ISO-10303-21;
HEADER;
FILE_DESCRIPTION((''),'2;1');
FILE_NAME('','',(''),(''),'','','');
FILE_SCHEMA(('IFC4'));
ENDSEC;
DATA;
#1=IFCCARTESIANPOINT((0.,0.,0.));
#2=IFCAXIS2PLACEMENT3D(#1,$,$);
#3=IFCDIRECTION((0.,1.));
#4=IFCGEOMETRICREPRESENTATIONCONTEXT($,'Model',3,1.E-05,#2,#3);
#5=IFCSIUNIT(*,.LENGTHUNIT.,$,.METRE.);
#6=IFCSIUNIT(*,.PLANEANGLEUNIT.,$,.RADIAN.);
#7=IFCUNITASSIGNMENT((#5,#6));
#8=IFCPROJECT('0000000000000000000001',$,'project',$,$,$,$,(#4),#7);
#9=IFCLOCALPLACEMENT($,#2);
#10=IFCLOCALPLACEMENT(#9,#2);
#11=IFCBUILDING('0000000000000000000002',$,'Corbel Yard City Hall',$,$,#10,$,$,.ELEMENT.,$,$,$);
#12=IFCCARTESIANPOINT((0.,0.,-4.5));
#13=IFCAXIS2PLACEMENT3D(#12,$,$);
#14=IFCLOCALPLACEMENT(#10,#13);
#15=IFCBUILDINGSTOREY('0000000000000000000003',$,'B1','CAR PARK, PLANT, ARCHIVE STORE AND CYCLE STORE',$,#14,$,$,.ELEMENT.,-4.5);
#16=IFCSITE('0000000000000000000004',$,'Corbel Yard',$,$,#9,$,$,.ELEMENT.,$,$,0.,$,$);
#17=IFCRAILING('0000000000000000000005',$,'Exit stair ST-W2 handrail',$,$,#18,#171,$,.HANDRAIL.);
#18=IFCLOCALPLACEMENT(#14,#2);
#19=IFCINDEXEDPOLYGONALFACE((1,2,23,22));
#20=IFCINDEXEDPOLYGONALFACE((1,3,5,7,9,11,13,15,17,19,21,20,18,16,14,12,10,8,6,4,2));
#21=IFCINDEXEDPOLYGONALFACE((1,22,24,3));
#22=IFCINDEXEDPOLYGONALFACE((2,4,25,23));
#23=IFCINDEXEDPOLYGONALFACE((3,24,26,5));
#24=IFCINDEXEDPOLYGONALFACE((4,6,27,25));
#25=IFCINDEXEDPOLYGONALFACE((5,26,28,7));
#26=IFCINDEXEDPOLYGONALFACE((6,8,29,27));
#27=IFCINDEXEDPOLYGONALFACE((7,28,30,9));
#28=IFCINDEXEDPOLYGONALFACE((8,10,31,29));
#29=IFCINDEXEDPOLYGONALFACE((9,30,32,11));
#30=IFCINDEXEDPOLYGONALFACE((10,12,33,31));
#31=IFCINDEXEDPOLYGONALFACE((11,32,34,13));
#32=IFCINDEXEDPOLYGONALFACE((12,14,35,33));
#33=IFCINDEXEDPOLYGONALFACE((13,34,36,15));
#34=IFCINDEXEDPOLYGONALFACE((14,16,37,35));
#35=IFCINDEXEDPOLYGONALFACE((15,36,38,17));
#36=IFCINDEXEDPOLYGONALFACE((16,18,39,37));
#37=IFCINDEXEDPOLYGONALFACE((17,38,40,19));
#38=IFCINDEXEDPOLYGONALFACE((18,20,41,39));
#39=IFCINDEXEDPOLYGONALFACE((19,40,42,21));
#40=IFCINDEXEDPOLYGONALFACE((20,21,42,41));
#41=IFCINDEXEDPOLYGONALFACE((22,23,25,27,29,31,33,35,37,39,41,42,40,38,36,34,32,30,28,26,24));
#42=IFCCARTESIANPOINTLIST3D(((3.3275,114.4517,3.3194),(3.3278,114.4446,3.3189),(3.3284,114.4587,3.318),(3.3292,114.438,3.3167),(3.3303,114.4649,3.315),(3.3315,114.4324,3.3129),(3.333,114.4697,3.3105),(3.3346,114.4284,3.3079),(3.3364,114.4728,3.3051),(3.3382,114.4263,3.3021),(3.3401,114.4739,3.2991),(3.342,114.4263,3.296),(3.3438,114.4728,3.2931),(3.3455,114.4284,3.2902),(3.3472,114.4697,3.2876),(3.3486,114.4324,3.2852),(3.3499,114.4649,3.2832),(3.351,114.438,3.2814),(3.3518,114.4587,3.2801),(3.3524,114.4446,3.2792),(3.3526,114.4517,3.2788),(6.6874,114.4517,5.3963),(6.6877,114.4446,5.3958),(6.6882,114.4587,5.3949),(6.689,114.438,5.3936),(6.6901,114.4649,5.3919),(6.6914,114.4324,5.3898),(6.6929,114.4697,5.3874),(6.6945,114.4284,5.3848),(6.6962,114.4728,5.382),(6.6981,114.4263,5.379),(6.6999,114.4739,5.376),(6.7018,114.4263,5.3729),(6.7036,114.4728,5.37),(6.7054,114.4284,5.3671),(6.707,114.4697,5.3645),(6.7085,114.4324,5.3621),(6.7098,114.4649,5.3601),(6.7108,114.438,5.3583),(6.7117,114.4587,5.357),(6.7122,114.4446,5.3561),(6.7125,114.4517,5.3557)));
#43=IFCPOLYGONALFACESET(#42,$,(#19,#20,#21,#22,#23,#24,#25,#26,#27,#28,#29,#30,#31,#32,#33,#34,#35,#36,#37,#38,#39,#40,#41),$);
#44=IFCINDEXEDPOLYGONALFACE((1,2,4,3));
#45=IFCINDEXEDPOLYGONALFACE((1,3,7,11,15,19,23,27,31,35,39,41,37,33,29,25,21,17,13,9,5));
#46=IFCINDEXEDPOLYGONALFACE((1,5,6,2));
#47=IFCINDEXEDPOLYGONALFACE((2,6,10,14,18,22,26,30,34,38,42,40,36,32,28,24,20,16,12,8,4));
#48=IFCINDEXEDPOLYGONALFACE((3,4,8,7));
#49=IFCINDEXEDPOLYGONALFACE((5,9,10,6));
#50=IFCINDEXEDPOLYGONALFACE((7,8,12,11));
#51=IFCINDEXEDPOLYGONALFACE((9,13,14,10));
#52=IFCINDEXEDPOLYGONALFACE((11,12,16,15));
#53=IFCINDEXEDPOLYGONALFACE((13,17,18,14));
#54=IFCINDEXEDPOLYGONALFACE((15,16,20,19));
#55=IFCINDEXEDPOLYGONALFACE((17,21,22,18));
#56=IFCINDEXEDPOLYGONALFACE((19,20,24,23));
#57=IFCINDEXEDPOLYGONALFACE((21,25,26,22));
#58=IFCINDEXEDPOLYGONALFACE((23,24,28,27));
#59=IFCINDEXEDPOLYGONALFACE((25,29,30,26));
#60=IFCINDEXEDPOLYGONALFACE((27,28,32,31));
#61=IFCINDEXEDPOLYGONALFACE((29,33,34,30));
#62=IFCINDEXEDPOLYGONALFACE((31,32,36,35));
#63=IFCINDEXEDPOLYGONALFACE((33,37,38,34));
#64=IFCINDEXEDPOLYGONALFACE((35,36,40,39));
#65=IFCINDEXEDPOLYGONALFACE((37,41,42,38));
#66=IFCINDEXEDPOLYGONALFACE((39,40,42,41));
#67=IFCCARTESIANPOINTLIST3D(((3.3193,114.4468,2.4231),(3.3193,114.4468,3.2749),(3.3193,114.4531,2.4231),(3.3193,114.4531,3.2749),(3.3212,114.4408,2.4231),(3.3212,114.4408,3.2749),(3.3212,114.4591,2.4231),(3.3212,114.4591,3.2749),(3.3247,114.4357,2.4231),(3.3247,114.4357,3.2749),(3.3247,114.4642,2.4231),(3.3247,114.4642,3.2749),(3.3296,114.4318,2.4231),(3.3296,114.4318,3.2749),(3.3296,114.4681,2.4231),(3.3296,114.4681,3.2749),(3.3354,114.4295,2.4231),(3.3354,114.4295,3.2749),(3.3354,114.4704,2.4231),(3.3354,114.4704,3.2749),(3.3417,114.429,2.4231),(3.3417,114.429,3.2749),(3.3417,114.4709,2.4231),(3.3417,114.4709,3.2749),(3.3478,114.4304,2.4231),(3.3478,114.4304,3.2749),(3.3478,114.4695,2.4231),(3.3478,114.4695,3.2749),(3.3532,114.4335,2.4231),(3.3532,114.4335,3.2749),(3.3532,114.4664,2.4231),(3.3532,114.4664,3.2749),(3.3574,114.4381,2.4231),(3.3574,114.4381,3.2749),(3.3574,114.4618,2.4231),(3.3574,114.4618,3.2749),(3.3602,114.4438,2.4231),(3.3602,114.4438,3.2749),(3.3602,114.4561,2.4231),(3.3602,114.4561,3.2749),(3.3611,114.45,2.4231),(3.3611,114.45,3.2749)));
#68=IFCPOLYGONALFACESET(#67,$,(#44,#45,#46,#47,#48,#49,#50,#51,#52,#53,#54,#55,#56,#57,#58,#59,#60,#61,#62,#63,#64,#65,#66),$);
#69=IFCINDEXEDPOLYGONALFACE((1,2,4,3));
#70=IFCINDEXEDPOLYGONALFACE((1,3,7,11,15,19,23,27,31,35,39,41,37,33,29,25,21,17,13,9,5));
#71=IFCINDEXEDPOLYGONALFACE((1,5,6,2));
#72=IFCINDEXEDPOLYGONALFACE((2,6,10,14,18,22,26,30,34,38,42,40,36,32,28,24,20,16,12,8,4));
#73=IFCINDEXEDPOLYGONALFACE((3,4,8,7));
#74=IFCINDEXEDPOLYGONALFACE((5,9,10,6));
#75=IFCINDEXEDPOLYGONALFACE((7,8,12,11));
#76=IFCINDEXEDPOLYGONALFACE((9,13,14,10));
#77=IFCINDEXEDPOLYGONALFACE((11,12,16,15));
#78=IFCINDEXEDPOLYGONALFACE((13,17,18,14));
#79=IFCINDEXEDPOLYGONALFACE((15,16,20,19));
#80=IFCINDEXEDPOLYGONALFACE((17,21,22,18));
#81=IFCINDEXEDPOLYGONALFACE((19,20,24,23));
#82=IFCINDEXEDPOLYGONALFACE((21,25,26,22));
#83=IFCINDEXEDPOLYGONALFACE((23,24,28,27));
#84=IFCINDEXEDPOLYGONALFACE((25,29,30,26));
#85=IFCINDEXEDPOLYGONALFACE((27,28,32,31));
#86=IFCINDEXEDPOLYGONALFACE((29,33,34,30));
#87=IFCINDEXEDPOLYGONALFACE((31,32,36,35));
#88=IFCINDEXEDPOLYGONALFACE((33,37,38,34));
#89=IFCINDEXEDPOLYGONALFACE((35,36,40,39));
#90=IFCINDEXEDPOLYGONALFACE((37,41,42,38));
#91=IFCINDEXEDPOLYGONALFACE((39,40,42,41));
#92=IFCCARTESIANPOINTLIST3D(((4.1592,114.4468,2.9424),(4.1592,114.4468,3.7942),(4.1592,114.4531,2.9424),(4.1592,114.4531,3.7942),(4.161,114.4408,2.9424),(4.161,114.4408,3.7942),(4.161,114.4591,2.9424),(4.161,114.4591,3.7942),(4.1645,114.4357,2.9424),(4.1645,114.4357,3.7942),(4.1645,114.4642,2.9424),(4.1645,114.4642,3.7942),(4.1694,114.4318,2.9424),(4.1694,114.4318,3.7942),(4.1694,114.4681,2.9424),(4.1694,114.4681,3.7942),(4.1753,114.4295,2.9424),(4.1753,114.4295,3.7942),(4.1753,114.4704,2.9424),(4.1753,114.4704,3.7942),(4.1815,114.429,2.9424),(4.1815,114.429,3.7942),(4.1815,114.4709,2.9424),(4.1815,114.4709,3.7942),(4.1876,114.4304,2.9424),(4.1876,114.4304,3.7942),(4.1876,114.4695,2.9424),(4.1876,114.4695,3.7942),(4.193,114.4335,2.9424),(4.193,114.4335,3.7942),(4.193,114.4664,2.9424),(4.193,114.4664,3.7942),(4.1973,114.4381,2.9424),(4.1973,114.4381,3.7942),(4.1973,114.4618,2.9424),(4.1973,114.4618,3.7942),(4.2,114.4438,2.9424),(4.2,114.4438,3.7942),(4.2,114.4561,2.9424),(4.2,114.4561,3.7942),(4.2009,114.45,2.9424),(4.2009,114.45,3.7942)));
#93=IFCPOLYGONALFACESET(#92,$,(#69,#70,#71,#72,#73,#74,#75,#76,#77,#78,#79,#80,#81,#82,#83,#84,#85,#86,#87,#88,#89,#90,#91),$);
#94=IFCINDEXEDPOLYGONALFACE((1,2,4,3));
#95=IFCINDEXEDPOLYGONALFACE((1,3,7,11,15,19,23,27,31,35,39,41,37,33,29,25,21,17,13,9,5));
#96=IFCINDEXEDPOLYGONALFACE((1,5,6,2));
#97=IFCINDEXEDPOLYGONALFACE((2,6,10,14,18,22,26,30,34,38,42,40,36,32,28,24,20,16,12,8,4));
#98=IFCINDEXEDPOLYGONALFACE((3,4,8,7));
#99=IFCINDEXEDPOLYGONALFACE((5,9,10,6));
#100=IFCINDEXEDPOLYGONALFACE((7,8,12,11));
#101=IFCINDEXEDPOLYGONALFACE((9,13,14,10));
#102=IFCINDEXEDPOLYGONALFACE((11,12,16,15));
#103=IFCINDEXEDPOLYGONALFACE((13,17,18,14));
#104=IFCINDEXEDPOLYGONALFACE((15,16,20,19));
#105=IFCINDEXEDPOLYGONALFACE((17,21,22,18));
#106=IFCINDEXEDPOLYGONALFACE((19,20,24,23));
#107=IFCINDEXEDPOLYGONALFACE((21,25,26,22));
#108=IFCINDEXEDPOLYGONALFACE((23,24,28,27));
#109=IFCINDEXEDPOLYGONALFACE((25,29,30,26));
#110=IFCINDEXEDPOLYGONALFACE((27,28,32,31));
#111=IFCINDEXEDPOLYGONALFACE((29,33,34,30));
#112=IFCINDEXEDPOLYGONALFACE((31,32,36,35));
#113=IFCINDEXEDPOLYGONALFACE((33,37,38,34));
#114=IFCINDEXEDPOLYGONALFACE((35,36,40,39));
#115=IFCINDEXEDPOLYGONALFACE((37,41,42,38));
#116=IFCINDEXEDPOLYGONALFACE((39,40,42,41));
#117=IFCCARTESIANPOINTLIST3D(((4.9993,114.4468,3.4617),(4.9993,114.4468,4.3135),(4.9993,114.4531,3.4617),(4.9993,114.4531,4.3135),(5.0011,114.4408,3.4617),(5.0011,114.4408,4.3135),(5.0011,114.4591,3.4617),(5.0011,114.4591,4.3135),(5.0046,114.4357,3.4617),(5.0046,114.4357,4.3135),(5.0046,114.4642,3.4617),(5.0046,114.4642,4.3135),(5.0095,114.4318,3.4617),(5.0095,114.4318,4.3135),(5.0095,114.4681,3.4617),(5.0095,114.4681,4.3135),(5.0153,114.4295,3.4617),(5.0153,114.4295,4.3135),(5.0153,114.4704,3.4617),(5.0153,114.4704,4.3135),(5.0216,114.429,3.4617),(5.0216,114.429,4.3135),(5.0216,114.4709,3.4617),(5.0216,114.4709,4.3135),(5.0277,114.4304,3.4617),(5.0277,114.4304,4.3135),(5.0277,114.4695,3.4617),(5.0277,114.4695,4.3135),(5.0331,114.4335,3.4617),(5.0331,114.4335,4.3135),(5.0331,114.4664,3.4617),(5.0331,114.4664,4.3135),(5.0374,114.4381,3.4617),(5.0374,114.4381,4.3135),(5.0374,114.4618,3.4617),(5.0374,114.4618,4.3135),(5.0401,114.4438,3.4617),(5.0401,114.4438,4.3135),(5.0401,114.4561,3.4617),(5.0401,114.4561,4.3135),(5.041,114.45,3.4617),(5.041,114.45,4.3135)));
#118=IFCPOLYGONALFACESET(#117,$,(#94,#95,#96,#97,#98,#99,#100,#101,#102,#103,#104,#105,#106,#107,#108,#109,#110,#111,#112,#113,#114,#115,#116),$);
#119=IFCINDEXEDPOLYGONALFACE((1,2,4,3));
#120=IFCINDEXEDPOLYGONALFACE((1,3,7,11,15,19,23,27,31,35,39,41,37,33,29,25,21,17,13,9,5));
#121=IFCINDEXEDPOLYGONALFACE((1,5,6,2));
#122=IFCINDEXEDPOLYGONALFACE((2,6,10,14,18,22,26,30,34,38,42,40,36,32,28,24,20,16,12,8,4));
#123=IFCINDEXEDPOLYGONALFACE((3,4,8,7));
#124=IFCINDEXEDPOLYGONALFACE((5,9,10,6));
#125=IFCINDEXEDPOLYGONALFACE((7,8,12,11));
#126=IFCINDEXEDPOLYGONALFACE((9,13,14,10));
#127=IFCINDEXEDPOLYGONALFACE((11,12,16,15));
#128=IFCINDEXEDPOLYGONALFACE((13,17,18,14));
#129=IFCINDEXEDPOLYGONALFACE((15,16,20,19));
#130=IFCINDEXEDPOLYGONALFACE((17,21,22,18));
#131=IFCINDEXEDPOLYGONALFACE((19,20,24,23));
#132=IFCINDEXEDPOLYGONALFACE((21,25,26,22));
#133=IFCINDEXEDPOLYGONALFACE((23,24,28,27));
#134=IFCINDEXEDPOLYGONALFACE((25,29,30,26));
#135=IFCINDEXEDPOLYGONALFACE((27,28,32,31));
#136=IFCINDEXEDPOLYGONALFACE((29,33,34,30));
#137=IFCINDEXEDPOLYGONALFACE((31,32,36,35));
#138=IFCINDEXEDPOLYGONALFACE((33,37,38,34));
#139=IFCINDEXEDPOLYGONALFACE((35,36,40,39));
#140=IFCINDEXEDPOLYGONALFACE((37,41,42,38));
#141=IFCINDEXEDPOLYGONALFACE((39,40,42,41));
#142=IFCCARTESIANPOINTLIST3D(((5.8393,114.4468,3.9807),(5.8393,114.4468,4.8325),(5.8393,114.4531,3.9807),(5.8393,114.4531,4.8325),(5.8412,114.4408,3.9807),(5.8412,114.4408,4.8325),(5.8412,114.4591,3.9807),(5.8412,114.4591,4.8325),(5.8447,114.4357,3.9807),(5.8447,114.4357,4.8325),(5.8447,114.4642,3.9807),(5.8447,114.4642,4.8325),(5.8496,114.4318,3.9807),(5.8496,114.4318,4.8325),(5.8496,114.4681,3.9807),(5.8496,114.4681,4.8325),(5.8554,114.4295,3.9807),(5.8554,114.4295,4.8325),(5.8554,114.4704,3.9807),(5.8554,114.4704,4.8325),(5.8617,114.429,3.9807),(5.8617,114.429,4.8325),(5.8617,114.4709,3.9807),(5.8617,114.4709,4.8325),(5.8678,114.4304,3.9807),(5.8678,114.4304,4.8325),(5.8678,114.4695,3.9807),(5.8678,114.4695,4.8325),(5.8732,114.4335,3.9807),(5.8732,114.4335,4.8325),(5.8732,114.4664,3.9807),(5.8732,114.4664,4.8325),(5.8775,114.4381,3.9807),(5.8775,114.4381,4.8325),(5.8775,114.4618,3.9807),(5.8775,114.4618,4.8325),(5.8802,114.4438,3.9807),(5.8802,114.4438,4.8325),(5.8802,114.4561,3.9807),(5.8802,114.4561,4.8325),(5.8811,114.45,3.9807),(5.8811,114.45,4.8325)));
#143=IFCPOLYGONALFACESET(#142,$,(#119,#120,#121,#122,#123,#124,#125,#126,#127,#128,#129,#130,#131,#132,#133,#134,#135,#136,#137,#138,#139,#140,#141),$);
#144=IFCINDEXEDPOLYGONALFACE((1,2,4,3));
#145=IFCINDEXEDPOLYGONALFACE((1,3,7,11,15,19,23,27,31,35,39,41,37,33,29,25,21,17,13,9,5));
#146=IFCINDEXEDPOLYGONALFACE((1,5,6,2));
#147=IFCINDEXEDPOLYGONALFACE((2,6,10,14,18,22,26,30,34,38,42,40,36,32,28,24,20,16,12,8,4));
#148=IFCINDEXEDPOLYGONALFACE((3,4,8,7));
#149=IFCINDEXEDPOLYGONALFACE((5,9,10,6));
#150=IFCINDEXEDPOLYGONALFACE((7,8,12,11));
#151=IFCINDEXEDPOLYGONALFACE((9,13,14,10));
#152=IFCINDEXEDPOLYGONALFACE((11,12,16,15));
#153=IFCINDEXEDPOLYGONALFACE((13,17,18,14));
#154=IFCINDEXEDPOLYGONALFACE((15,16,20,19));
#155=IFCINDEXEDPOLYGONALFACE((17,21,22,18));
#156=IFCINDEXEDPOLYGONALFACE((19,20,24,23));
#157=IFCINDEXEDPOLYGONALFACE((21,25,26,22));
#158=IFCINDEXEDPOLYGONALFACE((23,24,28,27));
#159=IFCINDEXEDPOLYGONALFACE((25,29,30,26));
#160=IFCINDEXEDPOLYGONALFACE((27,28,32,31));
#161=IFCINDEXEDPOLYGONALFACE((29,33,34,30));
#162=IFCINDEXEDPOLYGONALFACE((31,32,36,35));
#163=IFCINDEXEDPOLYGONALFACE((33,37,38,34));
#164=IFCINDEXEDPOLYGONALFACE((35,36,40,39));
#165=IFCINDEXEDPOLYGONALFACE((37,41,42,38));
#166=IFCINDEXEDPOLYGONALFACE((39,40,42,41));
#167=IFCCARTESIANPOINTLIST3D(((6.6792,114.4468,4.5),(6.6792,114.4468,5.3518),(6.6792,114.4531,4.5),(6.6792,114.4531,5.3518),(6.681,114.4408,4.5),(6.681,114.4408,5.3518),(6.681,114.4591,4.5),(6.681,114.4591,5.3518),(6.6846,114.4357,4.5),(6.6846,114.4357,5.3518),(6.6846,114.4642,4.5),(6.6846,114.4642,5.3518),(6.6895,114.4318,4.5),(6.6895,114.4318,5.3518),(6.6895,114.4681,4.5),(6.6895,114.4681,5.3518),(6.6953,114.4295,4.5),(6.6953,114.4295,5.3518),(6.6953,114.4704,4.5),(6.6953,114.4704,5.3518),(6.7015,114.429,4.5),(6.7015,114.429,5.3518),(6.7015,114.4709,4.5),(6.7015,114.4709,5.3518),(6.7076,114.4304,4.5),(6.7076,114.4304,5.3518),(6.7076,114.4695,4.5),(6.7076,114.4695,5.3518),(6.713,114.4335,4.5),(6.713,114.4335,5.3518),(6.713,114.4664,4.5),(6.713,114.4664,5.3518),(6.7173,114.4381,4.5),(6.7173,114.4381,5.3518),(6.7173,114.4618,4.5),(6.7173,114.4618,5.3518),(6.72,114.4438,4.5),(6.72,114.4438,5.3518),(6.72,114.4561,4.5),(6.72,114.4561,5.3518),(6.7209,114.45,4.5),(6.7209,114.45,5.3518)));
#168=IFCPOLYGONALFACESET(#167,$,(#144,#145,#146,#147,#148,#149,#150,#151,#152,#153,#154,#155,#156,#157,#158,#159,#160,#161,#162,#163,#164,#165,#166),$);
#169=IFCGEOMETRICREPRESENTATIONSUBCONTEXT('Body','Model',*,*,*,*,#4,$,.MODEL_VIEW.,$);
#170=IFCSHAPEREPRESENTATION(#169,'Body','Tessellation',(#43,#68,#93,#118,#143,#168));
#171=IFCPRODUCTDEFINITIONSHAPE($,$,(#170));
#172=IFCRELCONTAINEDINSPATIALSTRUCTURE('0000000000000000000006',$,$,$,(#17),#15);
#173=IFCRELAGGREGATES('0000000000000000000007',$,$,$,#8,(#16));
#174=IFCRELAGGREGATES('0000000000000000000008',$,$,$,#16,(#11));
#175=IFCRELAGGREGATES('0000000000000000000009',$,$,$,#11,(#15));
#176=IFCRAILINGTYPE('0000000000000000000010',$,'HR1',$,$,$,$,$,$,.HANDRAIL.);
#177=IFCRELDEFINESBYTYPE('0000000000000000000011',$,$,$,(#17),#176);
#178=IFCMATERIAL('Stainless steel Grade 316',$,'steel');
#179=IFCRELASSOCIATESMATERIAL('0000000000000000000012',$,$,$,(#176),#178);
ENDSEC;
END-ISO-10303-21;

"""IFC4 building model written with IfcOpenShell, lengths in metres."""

from ifc_helpers import new_model, si_unit, direction, frame, origin, origin_2d, place, context, subcontext, project, spatial, circle, extrude, material, type_object, element, save


model = new_model("IFC4")

# Units and contexts
model_context = context("Model", 3, precision=1e-05, world=origin(), true_north=direction((0.0, 1.0)))
body_context = subcontext(model_context, "Body", "Model", "MODEL_VIEW")
ifc_project = project(units=[si_unit("LENGTHUNIT", "METRE"), si_unit("PLANEANGLEUNIT", "RADIAN")], contexts=[model_context])

# Site, building, storey
site_placement = place(None, origin())
site = spatial("IfcSite", under=ifc_project, at=site_placement, Name="Corbel Yard", CompositionType="ELEMENT", RefElevation=0.0)
building_placement = place(site_placement, origin())
building = spatial("IfcBuilding", under=site, at=building_placement, Name="Corbel Yard City Hall", CompositionType="ELEMENT")
storey_placement = place(building_placement, frame((0.0, 0.0, -4.5)))
storey = spatial("IfcBuildingStorey", under=building, at=storey_placement, Name="B1", Description="CAR PARK, PLANT, ARCHIVE STORE AND CYCLE STORE", CompositionType="ELEMENT", Elevation=-4.5)

# Railing
ifc_material_1 = material(Name="Stainless steel Grade 316", Category="steel")
railing_type = type_object("IfcRailingType", Name="HR1", PredefinedType="HANDRAIL", material=ifc_material_1)
for number, where, name in (
    (1, (3.3401, 114.45, 2.4231), "Exit stair ST-W2 handrail"),
):
    element("IfcRailing", number, at=place(storey_placement, frame(where)), inside=storey, type_object=railing_type, Name=name, PredefinedType="HANDRAIL", context=body_context, shape_type="SweptSolid", body=[
        extrude(circle(Radius=0.0239, at=origin_2d()), frame((0.0, 0.0, 0.876), z_axis=(0.850606, 0.0, 0.525803), x_axis=(0.0, 1.0, 0.0)), (0.0, 0.0, 1.0), 3.95),
        extrude(circle(Radius=0.021, at=origin_2d()), origin(), (0.0, 0.0, 1.0), 0.8518),
        extrude(circle(Radius=0.021, at=origin_2d()), frame((0.8398, 0.0, 0.5193)), (0.0, 0.0, 1.0), 0.8518),
        extrude(circle(Radius=0.021, at=origin_2d()), frame((1.6799, 0.0, 1.0386)), (0.0, 0.0, 1.0), 0.8518),
        extrude(circle(Radius=0.021, at=origin_2d()), frame((2.52, 0.0, 1.5576)), (0.0, 0.0, 1.0), 0.8518),
        extrude(circle(Radius=0.021, at=origin_2d()), frame((3.3599, 0.0, 2.0769)), (0.0, 0.0, 1.0), 0.8518),
    ])

save(model, "model.ifc")
